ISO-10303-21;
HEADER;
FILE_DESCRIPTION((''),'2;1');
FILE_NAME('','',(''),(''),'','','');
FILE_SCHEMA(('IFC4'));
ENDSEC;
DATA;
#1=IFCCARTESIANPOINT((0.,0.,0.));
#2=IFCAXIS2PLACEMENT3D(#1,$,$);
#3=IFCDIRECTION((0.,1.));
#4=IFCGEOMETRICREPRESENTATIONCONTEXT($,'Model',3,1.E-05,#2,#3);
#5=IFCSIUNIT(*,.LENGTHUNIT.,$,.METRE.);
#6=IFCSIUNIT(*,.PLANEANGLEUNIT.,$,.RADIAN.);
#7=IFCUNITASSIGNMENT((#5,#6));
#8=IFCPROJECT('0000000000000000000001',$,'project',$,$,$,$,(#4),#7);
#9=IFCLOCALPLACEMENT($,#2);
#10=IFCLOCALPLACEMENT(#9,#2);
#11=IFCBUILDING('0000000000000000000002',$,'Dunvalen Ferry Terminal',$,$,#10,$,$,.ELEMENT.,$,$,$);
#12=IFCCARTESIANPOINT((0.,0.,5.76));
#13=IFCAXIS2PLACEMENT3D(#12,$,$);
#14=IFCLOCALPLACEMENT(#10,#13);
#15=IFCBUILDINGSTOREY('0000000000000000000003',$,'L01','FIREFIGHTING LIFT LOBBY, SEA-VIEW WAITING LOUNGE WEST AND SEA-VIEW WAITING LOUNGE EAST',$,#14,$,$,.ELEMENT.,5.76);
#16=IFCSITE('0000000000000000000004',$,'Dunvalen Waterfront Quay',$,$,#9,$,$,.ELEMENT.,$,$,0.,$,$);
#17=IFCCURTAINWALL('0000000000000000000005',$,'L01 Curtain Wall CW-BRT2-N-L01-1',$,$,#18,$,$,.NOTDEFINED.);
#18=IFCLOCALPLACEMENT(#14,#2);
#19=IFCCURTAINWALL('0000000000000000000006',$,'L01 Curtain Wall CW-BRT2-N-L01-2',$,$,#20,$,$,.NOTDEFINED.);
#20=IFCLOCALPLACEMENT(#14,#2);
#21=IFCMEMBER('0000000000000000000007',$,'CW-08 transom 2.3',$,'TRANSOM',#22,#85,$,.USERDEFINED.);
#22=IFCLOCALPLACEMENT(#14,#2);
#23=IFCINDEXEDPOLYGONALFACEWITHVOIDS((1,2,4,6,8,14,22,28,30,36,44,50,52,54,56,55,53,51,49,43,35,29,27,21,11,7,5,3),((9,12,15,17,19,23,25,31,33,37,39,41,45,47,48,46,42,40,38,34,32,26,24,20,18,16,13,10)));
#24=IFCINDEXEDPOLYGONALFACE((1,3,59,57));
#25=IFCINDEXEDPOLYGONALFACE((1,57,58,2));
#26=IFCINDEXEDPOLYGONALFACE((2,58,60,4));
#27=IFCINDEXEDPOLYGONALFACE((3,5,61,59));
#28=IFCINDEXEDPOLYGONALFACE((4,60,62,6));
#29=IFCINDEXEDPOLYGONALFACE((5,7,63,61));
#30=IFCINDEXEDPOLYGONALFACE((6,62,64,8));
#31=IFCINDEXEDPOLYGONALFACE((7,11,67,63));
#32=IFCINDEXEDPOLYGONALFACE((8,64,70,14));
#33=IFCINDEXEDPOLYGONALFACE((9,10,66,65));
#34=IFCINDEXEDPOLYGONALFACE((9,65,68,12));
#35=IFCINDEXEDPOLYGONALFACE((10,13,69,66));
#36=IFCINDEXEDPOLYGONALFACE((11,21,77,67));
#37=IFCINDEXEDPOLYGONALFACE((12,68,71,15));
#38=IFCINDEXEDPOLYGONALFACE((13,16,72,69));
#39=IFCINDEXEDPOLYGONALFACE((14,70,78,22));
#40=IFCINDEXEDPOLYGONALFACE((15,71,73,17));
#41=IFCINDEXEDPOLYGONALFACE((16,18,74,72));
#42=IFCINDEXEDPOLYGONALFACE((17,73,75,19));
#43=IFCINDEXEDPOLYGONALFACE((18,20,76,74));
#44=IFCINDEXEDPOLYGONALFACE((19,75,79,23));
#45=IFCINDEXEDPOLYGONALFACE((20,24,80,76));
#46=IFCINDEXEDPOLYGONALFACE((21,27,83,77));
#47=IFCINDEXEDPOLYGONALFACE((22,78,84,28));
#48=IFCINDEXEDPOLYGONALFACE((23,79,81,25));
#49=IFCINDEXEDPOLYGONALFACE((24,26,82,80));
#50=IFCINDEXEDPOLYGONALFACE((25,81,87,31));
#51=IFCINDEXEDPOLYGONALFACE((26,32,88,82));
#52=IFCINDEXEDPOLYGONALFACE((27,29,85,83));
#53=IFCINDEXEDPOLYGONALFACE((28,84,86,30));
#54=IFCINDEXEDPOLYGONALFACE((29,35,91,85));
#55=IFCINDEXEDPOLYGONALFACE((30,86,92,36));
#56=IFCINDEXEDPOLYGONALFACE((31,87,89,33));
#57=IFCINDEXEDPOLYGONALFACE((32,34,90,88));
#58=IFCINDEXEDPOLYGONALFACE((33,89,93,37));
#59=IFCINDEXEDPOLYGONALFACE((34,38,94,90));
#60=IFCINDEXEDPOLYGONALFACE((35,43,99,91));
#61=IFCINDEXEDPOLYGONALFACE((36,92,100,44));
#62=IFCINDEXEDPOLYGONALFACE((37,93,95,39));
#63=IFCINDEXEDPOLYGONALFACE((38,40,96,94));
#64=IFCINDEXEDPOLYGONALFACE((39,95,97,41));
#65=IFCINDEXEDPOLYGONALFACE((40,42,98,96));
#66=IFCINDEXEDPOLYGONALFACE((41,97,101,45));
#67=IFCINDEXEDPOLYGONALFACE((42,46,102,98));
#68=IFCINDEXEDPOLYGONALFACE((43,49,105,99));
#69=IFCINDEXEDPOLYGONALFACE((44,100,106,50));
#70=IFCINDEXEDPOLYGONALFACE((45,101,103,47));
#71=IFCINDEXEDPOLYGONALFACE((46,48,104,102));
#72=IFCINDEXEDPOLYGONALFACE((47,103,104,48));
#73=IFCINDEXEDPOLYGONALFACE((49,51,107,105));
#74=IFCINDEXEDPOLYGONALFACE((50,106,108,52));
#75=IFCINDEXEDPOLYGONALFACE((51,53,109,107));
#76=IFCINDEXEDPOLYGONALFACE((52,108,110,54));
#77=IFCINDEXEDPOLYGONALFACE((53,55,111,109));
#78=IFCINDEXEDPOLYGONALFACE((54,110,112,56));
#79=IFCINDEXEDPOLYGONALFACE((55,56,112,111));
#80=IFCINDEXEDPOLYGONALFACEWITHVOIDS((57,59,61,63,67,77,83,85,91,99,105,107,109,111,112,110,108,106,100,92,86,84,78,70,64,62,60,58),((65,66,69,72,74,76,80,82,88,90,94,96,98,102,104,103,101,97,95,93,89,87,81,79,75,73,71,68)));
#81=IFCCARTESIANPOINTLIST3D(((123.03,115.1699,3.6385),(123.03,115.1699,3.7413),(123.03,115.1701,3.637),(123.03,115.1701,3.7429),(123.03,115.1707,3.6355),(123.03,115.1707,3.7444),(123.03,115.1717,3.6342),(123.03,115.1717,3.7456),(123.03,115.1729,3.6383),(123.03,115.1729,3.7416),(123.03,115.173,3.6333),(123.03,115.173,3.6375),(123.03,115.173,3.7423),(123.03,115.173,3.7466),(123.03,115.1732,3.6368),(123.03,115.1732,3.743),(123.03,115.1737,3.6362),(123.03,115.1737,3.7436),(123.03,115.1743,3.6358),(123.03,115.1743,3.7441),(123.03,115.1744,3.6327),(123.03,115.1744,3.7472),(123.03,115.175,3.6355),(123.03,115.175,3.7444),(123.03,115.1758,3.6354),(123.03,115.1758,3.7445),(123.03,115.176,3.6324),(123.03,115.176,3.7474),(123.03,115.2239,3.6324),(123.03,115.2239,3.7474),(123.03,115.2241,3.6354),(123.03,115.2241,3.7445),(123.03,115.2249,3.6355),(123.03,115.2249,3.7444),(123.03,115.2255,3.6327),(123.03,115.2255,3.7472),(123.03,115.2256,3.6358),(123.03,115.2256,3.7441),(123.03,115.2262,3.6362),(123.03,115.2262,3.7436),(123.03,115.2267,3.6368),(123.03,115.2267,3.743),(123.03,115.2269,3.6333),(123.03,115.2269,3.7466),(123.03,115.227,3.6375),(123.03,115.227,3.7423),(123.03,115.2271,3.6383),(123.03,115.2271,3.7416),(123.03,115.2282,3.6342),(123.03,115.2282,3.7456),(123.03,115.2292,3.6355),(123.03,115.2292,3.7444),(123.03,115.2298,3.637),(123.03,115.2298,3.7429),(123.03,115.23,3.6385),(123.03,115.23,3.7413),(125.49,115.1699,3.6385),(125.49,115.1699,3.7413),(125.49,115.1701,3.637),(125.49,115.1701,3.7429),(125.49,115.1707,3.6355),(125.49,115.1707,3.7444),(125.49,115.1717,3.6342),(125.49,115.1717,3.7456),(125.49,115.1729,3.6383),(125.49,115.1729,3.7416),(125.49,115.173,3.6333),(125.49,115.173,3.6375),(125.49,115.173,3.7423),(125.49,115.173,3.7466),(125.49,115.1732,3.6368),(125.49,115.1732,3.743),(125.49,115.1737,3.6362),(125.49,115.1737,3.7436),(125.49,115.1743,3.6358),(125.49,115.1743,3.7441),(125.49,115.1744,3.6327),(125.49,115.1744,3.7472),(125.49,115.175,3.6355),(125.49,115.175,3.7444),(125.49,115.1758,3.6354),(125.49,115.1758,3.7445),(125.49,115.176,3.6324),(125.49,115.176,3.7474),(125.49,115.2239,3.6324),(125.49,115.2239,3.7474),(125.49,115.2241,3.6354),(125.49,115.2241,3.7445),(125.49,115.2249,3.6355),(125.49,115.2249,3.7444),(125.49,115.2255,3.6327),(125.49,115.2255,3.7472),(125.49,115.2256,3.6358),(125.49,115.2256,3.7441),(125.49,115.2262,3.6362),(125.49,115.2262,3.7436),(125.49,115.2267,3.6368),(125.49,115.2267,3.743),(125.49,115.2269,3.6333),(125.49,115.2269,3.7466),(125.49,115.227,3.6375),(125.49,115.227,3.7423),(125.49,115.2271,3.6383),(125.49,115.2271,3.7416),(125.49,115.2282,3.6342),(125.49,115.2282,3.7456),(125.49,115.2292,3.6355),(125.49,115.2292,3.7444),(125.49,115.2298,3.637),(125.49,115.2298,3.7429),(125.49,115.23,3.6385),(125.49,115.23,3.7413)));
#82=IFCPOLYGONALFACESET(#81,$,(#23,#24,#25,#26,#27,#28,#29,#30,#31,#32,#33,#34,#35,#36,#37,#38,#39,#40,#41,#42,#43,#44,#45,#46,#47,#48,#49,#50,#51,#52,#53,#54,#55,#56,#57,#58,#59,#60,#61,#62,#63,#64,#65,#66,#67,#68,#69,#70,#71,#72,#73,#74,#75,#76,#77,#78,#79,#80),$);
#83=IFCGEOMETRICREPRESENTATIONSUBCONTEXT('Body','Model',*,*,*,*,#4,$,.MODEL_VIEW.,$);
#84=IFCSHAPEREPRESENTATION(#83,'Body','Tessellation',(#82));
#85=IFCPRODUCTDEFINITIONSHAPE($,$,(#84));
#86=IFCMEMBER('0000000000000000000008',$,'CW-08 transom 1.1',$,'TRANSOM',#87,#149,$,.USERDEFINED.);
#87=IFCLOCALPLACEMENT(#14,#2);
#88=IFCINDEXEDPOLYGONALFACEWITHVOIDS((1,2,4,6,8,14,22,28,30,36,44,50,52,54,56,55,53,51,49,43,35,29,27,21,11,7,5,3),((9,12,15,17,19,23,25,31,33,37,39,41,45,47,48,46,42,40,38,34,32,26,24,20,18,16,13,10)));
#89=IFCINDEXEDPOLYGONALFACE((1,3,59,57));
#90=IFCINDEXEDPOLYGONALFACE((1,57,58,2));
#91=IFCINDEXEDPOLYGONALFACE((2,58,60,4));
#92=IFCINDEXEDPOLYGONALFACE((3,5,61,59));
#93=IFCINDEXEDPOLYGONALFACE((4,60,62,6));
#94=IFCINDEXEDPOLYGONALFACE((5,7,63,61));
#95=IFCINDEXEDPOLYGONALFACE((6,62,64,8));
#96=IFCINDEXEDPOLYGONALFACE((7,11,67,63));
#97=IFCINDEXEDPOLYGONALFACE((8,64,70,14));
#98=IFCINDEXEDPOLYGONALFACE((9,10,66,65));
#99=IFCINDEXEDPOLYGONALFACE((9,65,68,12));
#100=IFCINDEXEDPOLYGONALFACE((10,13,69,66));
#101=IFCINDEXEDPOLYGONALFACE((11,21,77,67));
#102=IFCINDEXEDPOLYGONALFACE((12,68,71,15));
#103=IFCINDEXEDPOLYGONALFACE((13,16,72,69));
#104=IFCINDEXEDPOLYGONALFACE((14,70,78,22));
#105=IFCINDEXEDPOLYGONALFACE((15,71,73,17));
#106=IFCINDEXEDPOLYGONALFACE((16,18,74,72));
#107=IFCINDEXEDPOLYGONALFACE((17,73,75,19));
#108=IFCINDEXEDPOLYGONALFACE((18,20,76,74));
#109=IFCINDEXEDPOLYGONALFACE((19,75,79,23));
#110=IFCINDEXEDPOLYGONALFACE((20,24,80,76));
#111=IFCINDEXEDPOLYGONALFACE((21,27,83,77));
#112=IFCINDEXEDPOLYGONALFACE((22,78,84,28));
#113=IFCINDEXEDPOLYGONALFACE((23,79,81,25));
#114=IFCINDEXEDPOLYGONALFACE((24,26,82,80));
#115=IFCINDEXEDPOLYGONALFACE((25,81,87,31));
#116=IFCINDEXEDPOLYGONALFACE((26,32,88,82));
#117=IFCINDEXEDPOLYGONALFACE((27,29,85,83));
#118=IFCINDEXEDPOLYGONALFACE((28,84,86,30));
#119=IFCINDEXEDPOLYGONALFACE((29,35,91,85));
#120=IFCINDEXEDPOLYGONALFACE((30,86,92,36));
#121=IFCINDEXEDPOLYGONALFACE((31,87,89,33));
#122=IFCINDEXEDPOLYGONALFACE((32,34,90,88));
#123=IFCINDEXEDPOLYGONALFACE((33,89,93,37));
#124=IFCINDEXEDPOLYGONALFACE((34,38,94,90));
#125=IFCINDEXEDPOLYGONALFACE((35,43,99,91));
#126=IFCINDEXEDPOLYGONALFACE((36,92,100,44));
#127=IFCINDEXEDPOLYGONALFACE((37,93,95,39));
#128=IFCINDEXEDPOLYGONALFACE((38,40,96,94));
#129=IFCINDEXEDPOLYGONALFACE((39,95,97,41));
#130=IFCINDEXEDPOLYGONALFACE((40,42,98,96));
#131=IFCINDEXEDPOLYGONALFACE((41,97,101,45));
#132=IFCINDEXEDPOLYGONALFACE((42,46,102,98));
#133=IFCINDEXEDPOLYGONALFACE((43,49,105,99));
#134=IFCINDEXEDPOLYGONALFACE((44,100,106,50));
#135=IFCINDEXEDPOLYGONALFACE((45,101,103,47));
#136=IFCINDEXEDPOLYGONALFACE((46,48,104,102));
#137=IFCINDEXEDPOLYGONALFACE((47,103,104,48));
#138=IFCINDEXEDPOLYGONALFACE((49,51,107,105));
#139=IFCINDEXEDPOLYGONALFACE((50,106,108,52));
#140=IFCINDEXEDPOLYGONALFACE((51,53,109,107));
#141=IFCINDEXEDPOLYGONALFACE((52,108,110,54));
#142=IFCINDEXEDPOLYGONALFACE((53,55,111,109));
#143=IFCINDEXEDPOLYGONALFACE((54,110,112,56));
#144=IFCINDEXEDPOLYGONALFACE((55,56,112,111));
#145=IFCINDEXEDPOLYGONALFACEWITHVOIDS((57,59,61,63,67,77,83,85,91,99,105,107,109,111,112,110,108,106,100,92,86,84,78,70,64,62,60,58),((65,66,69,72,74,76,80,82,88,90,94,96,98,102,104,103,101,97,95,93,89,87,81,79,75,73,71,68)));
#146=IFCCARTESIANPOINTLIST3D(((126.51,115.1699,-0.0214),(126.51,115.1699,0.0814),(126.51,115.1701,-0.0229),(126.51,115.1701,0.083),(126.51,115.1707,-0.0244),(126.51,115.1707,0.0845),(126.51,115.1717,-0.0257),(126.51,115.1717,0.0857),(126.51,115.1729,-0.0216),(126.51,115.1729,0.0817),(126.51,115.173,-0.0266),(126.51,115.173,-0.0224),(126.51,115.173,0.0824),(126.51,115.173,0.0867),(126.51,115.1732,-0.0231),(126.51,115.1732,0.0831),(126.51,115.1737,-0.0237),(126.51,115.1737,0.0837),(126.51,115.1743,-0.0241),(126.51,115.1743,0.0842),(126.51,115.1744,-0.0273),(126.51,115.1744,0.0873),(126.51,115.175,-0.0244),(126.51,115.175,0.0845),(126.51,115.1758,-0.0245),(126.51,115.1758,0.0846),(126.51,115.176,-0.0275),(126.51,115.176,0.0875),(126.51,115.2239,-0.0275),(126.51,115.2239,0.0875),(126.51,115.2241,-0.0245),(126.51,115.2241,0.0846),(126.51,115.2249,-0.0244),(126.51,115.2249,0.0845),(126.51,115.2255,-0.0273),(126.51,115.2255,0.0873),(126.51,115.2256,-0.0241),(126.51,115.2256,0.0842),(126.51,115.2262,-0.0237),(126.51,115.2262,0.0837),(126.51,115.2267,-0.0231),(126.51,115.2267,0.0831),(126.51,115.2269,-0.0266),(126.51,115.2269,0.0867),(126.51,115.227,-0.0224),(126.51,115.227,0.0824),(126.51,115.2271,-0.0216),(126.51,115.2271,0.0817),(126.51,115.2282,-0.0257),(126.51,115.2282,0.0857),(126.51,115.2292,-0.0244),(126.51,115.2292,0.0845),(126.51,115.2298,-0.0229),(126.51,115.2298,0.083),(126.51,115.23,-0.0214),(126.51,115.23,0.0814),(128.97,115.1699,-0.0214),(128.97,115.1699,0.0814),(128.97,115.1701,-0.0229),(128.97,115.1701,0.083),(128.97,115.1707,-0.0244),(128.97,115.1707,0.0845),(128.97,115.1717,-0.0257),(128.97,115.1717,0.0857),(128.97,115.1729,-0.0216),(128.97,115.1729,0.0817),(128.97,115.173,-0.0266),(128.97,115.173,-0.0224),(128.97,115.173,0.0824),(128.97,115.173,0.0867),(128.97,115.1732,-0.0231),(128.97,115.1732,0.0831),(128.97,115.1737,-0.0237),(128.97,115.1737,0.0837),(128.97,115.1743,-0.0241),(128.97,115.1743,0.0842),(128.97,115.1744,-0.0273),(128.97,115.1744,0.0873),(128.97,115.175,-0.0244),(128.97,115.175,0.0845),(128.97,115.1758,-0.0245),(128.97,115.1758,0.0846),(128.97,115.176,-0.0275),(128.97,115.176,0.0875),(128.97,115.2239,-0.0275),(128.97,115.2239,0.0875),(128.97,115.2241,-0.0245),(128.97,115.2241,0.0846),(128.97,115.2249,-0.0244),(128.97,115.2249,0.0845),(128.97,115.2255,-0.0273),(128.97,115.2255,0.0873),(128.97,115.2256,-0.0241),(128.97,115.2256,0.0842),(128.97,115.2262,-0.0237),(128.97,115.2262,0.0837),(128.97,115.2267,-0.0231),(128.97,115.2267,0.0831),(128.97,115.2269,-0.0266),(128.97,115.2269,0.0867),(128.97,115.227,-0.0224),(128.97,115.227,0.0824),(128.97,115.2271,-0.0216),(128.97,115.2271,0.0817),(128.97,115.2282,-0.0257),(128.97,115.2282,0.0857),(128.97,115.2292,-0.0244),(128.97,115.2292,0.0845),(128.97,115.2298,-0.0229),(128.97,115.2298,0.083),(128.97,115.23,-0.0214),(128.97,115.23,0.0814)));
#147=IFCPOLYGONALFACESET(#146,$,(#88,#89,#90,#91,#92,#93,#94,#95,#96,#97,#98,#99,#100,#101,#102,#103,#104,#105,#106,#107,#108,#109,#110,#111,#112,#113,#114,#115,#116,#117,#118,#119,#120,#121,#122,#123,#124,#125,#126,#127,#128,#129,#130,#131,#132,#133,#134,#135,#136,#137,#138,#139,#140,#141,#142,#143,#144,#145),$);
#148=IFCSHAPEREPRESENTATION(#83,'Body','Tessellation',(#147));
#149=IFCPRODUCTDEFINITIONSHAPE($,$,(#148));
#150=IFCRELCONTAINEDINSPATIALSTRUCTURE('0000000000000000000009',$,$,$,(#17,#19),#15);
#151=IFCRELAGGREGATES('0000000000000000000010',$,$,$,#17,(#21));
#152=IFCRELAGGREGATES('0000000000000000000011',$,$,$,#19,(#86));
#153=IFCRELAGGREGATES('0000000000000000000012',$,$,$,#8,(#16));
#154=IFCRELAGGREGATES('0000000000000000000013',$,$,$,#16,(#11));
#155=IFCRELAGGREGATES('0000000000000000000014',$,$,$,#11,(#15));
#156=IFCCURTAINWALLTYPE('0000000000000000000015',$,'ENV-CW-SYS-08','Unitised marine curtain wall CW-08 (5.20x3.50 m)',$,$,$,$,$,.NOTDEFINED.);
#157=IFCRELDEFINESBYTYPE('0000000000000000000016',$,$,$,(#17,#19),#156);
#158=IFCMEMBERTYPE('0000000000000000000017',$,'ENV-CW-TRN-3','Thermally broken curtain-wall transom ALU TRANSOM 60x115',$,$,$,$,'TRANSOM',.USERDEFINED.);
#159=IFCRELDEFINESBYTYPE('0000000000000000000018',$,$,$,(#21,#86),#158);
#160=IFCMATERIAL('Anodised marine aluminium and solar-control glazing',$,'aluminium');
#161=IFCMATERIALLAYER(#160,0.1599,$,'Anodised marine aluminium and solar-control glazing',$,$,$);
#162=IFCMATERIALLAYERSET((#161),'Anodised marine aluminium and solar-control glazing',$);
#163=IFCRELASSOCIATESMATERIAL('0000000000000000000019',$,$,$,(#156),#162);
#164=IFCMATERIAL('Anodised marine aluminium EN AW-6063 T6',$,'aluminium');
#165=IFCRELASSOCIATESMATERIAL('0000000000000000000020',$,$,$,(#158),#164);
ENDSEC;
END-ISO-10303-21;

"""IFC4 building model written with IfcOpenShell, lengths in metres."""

from ifc_helpers import new_model, si_unit, direction, frame, origin, origin_2d, place, context, subcontext, project, spatial, hollow_rectangle, extrude, material, layer, layer_set, material_profile, profile_set, type_object, element, aggregate, save


model = new_model("IFC4")

# Units and contexts
model_context = context("Model", 3, precision=1e-05, world=origin(), true_north=direction((0.0, 1.0)))
body_context = subcontext(model_context, "Body", "Model", "MODEL_VIEW")
ifc_project = project(units=[si_unit("LENGTHUNIT", "METRE"), si_unit("PLANEANGLEUNIT", "RADIAN")], contexts=[model_context])

# Site, building, storey
site_placement = place(None, origin())
site = spatial("IfcSite", under=ifc_project, at=site_placement, Name="Dunvalen Waterfront Quay", CompositionType="ELEMENT", RefElevation=0.0)
building_placement = place(site_placement, origin())
building = spatial("IfcBuilding", under=site, at=building_placement, Name="Dunvalen Ferry Terminal", CompositionType="ELEMENT")
storey_placement = place(building_placement, frame((0.0, 0.0, 5.76)))
storey = spatial("IfcBuildingStorey", under=building, at=storey_placement, Name="L01", Description="FIREFIGHTING LIFT LOBBY, SEA-VIEW WAITING LOUNGE WEST AND SEA-VIEW WAITING LOUNGE EAST", CompositionType="ELEMENT", Elevation=5.76)

# Curtain walls
ifc_material_1 = material(Name="Anodised marine aluminium and solar-control glazing", Category="aluminium")
ifc_layer_1 = layer(ifc_material_1, 0.1599, Name="Anodised marine aluminium and solar-control glazing")
ifc_layer_set_1 = layer_set([ifc_layer_1], Name="Anodised marine aluminium and solar-control glazing")
curtain_wall_type = type_object("IfcCurtainWallType", Name="ENV-CW-SYS-08", Description="Unitised marine curtain wall CW-08 (5.20x3.50 m)", PredefinedType="NOTDEFINED", material=ifc_layer_set_1)
curtain_wall_1_placement = place(storey_placement, origin())
curtain_wall_1 = element("IfcCurtainWall", 1, at=curtain_wall_1_placement, inside=storey, type_object=curtain_wall_type, Name="L01 Curtain Wall CW-BRT2-N-L01-1", PredefinedType="NOTDEFINED")
ifc_material_2 = material(Name="Anodised marine aluminium EN AW-6063 T6", Category="aluminium")
curtain_wall_2_placement = place(storey_placement, origin())
curtain_wall_2 = element("IfcCurtainWall", 2, at=curtain_wall_2_placement, inside=storey, type_object=curtain_wall_type, Name="L01 Curtain Wall CW-BRT2-N-L01-2", PredefinedType="NOTDEFINED")

# Members
ifc_material_profile_1 = material_profile(ifc_material_2, hollow_rectangle(XDim=0.0601, YDim=0.115, WallThickness=0.0029, InnerFilletRadius=0.0029, OuterFilletRadius=0.0061, at=origin_2d()), Name="Anodised marine aluminium EN AW-6063 T6")
ifc_profile_set_1 = profile_set([ifc_material_profile_1], Name="Anodised marine aluminium EN AW-6063 T6")
member_type_1 = type_object("IfcMemberType", Name="ENV-CW-TRN-3", Description="Thermally broken curtain-wall transom ALU TRANSOM 60x115", ElementType="TRANSOM", PredefinedType="USERDEFINED", material=ifc_profile_set_1)
member_1_placement = place(storey_placement, frame((123.03, 115.2, 3.6899), z_axis=(1.0, 0.0, 0.0), x_axis=(0.0, 1.0, 0.0)))
member_1 = element("IfcMember", 3, at=member_1_placement, type_object=member_type_1, Name="CW-08 transom 2.3", ObjectType="TRANSOM", PredefinedType="USERDEFINED", context=body_context, shape_type="SweptSolid", body=[
    extrude(hollow_rectangle(XDim=0.0601, YDim=0.115, WallThickness=0.0029, InnerFilletRadius=0.0029, OuterFilletRadius=0.0061, at=origin_2d()), origin(), (0.0, 0.0, 1.0), 2.46),
])
member_2_placement = place(storey_placement, frame((126.51, 115.2, 0.03), z_axis=(1.0, 0.0, 0.0), x_axis=(0.0, 1.0, 0.0)))
member_2 = element("IfcMember", 4, at=member_2_placement, type_object=member_type_1, Name="CW-08 transom 1.1", ObjectType="TRANSOM", PredefinedType="USERDEFINED", context=body_context, shape_type="SweptSolid", body=[
    extrude(hollow_rectangle(XDim=0.0601, YDim=0.115, WallThickness=0.0029, InnerFilletRadius=0.0029, OuterFilletRadius=0.0061, at=origin_2d()), origin(), (0.0, 0.0, 1.0), 2.46),
])

aggregate(curtain_wall_1, [member_1])
aggregate(curtain_wall_2, [member_2])

save(model, "model.ifc")
